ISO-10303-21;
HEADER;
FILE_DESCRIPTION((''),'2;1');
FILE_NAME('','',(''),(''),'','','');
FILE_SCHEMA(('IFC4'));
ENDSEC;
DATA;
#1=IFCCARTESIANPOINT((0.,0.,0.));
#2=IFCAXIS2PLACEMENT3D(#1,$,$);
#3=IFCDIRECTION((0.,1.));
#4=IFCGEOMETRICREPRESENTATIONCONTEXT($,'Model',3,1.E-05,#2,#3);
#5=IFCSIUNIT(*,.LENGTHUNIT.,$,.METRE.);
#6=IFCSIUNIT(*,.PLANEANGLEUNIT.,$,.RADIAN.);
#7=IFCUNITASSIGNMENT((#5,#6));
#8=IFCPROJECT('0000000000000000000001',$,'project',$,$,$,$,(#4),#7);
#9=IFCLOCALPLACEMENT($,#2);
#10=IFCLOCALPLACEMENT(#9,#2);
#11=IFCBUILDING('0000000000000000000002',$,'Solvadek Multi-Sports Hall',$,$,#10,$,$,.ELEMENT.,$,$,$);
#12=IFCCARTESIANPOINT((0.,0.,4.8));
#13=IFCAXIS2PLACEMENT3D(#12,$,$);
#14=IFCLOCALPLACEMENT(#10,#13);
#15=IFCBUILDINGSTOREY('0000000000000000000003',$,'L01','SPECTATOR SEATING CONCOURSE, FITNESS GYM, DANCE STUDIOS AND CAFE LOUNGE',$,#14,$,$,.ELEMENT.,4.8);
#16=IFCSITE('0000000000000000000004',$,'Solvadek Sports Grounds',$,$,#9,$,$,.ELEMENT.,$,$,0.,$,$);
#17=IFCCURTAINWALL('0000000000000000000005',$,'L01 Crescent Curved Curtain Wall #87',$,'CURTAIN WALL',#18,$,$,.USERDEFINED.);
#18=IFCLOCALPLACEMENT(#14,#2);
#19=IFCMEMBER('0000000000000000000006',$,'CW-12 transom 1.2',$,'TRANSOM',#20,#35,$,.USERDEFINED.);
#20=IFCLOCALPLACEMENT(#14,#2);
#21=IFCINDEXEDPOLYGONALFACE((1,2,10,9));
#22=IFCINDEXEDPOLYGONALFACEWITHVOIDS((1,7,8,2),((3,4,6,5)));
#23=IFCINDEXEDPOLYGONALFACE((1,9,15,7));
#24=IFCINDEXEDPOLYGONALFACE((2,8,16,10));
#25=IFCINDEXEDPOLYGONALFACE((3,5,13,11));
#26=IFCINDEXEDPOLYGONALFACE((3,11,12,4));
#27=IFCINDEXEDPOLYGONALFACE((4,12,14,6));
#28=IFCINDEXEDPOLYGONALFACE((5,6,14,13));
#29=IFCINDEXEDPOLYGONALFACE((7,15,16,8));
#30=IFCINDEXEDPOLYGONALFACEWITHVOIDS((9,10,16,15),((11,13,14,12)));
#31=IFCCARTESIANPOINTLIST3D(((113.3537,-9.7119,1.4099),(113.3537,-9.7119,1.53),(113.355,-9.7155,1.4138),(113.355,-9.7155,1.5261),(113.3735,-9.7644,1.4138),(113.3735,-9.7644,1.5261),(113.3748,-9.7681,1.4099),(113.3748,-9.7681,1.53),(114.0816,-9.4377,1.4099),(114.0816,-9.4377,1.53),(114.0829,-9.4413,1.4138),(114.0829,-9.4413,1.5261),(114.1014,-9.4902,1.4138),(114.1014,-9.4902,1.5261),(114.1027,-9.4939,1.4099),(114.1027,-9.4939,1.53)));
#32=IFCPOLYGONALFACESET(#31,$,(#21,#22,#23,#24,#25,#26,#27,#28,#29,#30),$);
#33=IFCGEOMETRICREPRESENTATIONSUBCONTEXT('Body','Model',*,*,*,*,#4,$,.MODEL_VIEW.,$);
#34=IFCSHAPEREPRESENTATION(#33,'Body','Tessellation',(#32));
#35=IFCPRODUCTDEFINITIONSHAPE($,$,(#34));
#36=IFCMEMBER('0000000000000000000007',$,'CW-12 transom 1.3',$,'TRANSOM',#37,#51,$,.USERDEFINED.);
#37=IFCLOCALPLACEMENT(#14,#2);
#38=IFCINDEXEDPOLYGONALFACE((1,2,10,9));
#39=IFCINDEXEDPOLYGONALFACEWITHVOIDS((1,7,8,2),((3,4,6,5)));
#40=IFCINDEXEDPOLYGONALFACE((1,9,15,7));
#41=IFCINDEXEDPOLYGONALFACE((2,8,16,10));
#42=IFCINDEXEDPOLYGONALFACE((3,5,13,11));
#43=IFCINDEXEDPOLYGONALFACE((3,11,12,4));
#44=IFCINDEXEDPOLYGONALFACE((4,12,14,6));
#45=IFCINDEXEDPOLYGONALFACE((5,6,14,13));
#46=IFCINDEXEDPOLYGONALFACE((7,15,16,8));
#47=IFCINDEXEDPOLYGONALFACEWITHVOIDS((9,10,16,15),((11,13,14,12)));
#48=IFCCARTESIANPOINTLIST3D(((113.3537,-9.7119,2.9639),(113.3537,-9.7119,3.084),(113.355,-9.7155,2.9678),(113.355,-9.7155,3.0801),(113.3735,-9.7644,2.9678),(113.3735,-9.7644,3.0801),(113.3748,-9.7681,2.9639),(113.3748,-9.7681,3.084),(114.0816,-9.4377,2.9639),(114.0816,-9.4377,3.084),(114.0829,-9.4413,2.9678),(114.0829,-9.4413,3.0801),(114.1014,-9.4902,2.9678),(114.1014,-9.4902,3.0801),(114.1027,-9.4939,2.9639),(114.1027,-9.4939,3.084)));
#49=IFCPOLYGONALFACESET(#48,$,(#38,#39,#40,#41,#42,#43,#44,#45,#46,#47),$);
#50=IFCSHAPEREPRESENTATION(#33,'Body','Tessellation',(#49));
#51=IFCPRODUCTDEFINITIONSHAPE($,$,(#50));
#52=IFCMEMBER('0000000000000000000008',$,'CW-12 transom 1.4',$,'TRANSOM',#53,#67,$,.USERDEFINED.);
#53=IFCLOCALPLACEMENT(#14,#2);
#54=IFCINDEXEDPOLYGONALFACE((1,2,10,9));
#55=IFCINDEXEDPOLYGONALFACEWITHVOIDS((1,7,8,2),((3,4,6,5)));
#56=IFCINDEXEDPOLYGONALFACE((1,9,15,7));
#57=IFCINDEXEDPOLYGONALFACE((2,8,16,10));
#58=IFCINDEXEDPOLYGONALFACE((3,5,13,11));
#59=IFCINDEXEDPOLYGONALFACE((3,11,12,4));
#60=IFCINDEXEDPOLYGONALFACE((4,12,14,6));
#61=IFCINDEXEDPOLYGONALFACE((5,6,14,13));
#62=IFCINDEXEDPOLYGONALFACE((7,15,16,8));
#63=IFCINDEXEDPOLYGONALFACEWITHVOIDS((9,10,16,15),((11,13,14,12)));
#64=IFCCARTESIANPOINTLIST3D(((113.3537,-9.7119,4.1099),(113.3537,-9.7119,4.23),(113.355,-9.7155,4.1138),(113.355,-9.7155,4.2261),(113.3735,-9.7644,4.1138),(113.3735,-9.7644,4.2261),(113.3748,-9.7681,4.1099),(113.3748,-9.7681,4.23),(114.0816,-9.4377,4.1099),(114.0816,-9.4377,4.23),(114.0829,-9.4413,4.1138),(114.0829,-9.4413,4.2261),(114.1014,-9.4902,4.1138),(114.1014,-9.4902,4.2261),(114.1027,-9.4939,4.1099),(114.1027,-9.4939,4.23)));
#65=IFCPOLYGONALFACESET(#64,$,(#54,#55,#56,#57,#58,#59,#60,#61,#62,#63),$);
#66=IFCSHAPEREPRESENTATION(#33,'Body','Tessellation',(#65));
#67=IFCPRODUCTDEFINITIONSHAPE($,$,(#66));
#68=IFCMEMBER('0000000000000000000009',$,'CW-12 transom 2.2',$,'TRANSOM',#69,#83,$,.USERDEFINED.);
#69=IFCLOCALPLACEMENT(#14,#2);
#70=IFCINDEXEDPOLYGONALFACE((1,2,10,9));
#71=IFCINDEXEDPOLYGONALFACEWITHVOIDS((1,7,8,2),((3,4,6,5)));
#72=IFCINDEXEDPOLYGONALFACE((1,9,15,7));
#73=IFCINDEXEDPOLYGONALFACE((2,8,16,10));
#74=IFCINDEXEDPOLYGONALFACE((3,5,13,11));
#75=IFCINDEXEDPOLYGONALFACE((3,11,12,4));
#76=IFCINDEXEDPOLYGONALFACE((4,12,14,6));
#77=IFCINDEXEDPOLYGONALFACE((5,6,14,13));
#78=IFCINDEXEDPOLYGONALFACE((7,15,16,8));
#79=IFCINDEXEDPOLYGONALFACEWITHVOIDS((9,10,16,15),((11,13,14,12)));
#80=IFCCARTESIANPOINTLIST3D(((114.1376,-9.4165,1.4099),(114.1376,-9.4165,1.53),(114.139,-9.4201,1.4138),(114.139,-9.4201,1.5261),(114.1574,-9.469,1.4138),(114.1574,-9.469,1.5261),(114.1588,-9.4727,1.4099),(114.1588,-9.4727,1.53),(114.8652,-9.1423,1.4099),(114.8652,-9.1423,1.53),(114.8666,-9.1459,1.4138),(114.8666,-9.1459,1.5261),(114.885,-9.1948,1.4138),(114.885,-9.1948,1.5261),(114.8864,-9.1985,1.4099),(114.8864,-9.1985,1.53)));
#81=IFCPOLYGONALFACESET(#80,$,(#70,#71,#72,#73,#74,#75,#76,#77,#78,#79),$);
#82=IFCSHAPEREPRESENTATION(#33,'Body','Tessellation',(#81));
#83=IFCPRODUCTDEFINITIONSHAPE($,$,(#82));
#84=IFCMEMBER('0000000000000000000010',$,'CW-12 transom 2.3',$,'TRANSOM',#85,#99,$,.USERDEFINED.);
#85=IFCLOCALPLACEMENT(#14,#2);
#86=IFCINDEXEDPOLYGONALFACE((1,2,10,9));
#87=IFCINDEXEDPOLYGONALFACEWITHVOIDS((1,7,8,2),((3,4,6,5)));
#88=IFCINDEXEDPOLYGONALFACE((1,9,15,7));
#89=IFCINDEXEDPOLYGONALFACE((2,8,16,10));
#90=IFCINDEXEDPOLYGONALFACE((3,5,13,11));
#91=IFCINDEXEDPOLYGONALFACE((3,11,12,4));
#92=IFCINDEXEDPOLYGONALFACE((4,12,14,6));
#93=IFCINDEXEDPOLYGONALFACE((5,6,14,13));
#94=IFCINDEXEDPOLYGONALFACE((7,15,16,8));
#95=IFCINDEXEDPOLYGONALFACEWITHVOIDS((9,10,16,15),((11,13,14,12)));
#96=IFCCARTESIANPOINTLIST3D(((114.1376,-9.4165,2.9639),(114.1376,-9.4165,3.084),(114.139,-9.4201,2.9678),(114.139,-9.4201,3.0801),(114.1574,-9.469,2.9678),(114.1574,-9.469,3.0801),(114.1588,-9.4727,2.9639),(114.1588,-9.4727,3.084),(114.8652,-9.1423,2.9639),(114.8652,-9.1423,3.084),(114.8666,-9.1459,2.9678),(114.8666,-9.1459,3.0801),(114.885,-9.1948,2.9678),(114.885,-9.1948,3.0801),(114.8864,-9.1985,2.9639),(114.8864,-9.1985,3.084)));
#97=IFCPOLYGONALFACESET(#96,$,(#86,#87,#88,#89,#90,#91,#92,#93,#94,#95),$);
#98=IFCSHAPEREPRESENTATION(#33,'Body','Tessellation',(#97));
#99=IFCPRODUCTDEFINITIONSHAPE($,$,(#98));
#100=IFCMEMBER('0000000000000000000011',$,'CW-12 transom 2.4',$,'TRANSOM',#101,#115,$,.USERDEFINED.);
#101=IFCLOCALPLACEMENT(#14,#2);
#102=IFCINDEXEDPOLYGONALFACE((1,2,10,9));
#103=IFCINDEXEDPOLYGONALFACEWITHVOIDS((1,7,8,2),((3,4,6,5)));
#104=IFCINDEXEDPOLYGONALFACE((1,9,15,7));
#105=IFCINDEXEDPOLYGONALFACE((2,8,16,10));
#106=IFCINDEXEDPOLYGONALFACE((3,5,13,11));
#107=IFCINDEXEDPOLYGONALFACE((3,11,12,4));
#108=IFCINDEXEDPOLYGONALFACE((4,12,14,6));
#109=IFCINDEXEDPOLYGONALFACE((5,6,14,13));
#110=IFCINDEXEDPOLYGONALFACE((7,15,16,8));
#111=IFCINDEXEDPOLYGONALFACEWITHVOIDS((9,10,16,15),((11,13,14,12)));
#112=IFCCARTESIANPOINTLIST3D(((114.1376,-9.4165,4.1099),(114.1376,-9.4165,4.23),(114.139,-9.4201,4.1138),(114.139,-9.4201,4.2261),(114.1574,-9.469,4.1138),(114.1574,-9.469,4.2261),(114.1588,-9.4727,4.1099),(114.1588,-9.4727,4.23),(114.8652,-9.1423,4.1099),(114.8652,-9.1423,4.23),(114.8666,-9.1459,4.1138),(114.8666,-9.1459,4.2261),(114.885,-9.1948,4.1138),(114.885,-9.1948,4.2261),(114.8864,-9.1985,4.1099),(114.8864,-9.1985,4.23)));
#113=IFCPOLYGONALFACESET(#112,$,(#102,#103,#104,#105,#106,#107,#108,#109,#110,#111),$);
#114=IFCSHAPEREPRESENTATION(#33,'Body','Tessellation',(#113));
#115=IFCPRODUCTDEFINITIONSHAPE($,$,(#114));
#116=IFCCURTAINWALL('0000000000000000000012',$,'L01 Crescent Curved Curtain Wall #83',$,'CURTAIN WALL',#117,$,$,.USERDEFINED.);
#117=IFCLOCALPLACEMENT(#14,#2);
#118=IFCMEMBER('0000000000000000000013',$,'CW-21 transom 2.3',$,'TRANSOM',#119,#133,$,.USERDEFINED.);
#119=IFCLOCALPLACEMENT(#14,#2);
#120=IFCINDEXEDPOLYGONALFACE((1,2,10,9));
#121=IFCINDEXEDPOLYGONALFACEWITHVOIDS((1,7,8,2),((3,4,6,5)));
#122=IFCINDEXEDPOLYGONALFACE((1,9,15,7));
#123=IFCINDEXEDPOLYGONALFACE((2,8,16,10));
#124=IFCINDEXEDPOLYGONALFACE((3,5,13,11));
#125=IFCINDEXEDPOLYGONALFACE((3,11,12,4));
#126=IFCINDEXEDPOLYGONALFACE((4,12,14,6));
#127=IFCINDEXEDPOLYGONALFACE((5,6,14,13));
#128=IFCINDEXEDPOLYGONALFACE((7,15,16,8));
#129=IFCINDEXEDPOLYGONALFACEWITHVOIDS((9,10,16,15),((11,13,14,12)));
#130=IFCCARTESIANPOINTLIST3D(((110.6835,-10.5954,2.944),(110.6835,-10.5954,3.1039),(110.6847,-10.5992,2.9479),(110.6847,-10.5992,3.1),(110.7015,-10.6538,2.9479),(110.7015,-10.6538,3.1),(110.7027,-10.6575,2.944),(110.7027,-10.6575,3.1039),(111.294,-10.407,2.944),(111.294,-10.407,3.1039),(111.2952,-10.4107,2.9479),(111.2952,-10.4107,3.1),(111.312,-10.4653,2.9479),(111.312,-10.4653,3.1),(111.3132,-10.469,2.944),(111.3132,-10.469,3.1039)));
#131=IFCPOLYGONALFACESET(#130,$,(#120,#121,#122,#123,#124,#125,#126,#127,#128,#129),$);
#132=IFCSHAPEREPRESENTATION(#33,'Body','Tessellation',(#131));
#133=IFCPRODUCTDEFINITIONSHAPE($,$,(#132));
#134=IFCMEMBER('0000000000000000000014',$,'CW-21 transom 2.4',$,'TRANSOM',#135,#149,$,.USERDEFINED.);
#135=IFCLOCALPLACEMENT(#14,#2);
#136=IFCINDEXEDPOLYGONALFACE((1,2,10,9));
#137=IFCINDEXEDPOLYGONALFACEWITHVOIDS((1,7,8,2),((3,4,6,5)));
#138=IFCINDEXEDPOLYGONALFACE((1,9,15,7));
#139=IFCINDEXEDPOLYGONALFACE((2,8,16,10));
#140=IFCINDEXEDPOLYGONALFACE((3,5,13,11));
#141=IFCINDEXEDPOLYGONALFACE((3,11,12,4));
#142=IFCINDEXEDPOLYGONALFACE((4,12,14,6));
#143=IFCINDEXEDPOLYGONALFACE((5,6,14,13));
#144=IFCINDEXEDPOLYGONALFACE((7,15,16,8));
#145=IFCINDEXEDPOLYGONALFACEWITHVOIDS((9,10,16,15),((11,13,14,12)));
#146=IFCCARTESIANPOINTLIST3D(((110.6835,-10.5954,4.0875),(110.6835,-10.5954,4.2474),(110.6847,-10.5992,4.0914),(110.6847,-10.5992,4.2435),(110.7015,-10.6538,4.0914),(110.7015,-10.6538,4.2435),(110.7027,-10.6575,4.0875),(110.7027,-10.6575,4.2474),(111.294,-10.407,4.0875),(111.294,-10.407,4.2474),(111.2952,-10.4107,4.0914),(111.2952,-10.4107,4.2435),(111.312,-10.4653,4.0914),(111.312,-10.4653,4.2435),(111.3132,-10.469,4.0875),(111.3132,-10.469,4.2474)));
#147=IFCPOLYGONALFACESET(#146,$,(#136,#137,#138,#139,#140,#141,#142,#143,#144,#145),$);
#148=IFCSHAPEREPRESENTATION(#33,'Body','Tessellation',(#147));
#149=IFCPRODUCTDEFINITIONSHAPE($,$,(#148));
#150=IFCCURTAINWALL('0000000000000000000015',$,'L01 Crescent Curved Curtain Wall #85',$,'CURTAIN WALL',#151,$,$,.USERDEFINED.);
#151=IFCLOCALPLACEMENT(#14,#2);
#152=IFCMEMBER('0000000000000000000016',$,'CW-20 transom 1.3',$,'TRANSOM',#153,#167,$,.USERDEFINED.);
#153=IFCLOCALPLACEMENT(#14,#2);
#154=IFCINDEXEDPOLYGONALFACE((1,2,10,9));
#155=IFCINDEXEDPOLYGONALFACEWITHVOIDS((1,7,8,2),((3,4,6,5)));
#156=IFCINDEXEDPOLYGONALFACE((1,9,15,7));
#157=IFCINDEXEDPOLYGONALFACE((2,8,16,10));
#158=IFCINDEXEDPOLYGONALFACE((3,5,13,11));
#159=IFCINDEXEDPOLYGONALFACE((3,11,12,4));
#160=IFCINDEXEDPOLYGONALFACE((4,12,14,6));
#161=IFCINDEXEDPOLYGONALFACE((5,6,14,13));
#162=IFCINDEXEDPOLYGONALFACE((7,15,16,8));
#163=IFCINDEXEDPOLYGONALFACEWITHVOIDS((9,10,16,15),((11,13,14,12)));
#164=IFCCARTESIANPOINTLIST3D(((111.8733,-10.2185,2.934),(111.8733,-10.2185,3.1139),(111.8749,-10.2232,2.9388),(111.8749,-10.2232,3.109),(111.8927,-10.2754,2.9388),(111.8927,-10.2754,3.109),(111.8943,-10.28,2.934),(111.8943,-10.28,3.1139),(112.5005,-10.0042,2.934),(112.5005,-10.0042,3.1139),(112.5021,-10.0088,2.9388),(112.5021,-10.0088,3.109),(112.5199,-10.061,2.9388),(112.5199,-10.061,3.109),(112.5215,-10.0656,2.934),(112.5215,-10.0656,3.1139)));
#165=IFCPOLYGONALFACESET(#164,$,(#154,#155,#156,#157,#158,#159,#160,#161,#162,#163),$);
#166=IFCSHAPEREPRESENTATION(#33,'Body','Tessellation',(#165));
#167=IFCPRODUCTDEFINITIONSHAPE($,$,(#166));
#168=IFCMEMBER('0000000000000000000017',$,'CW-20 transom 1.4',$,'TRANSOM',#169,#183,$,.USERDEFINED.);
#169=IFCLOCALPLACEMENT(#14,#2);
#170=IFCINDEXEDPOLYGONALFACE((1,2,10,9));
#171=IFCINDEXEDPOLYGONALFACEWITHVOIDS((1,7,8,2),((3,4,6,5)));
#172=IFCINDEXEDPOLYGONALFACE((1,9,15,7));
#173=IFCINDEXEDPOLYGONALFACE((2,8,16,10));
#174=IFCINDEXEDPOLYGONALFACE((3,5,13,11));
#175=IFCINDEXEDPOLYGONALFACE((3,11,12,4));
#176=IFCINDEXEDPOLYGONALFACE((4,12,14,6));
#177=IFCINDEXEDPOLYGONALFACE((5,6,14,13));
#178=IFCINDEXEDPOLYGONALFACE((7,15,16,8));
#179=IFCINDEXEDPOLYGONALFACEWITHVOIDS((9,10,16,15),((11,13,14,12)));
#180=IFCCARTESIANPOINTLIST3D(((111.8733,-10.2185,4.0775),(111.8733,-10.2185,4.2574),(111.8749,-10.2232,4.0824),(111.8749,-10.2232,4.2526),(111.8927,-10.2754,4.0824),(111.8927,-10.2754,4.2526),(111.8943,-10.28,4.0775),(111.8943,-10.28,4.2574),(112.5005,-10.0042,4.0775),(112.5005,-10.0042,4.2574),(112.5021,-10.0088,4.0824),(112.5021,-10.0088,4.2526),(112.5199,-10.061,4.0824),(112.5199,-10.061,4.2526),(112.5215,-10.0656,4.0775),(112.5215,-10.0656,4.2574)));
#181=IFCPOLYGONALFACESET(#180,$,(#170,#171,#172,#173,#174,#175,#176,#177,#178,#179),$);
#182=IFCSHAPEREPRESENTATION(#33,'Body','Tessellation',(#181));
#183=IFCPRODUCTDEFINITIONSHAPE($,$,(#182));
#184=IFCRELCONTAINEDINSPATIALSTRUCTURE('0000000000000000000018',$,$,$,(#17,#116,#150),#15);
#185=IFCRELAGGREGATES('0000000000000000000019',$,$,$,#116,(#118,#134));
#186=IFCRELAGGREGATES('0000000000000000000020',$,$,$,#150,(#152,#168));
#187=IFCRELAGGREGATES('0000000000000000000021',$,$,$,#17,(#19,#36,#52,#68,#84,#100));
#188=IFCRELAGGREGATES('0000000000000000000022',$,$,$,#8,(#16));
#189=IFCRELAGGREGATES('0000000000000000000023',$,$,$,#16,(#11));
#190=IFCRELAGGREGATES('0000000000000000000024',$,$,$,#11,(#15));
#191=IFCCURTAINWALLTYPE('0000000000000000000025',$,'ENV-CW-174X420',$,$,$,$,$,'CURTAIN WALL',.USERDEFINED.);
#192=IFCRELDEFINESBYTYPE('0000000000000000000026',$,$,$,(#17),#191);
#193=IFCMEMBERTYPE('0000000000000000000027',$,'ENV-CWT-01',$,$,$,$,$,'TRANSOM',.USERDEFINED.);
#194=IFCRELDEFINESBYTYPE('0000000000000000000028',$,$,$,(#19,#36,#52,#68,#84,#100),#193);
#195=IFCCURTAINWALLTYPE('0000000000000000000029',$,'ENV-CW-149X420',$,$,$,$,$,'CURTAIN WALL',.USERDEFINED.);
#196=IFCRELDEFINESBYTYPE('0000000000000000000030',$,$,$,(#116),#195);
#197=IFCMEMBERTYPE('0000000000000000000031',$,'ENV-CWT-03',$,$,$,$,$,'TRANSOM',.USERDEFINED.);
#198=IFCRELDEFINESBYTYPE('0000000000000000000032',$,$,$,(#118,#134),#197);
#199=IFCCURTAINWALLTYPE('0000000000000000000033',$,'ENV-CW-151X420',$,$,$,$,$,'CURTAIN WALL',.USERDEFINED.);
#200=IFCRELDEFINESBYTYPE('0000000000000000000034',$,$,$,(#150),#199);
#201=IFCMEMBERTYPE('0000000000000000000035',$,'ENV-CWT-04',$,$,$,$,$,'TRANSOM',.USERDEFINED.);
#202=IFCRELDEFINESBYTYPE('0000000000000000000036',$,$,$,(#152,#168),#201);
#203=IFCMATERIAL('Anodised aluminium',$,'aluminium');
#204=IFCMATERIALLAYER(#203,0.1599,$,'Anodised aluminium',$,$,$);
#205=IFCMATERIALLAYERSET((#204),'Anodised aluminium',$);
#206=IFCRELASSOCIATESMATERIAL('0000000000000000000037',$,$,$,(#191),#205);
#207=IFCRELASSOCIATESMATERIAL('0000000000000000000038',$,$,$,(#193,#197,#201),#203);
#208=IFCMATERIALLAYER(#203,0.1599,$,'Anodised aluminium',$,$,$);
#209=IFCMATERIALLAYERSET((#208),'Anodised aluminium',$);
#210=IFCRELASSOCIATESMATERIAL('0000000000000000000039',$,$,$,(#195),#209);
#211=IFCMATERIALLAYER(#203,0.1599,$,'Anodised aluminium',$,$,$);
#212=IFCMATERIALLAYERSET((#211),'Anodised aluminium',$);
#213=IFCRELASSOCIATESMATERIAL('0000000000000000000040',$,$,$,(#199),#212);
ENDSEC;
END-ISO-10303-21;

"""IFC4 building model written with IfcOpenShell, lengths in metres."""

from ifc_helpers import new_model, si_unit, direction, frame, origin, origin_2d, place, context, subcontext, project, spatial, hollow_rectangle, extrude, material, layer, layer_set, material_profile, profile_set, type_object, element, aggregate, save


model = new_model("IFC4")

# Units and contexts
model_context = context("Model", 3, precision=1e-05, world=origin(), true_north=direction((0.0, 1.0)))
body_context = subcontext(model_context, "Body", "Model", "MODEL_VIEW")
ifc_project = project(units=[si_unit("LENGTHUNIT", "METRE"), si_unit("PLANEANGLEUNIT", "RADIAN")], contexts=[model_context])

# Site, building, storey
site_placement = place(None, origin())
site = spatial("IfcSite", under=ifc_project, at=site_placement, Name="Solvadek Sports Grounds", CompositionType="ELEMENT", RefElevation=0.0)
building_placement = place(site_placement, origin())
building = spatial("IfcBuilding", under=site, at=building_placement, Name="Solvadek Multi-Sports Hall", CompositionType="ELEMENT")
storey_placement = place(building_placement, frame((0.0, 0.0, 4.8)))
storey = spatial("IfcBuildingStorey", under=building, at=storey_placement, Name="L01", Description="SPECTATOR SEATING CONCOURSE, FITNESS GYM, DANCE STUDIOS AND CAFE LOUNGE", CompositionType="ELEMENT", Elevation=4.8)

# Curtain walls, members
ifc_material_1 = material(Name="Anodised aluminium", Category="aluminium")
ifc_layer_1 = layer(ifc_material_1, 0.1599, Name="Anodised aluminium")
ifc_layer_set_1 = layer_set([ifc_layer_1], Name="Anodised aluminium")
curtain_wall_type_1 = type_object("IfcCurtainWallType", Name="ENV-CW-174X420", ElementType="CURTAIN WALL", PredefinedType="USERDEFINED", material=ifc_layer_set_1)
curtain_wall_1_placement = place(storey_placement, origin())
curtain_wall_1 = element("IfcCurtainWall", 1, at=curtain_wall_1_placement, inside=storey, type_object=curtain_wall_type_1, Name="L01 Crescent Curved Curtain Wall #87", ObjectType="CURTAIN WALL", PredefinedType="USERDEFINED")
ifc_material_profile_1 = material_profile(ifc_material_1, hollow_rectangle(XDim=0.0601, YDim=0.1201, WallThickness=0.0039, at=origin_2d()), Name="ALU-T 120x60x4")
ifc_profile_set_1 = profile_set([ifc_material_profile_1], Name="Anodised aluminium")
member_type_1 = type_object("IfcMemberType", Name="ENV-CWT-01", ElementType="TRANSOM", PredefinedType="USERDEFINED", material=ifc_profile_set_1)
member_1_placement = place(storey_placement, frame((113.3643, -9.74, 1.47), z_axis=(0.935799, 0.352534, 0.0), x_axis=(-0.352534, 0.935799, 0.0)))
member_1 = element("IfcMember", 2, at=member_1_placement, type_object=member_type_1, Name="CW-12 transom 1.2", ObjectType="TRANSOM", PredefinedType="USERDEFINED", context=body_context, shape_type="SweptSolid", body=[
    extrude(hollow_rectangle(XDim=0.0601, YDim=0.1201, WallThickness=0.0039, at=origin_2d()), origin(), (0.0, 0.0, 1.0), 0.7778),
])
member_2_placement = place(storey_placement, frame((113.3643, -9.74, 3.0239), z_axis=(0.935799, 0.352534, 0.0), x_axis=(-0.352534, 0.935799, 0.0)))
member_2 = element("IfcMember", 3, at=member_2_placement, type_object=member_type_1, Name="CW-12 transom 1.3", ObjectType="TRANSOM", PredefinedType="USERDEFINED", context=body_context, shape_type="SweptSolid", body=[
    extrude(hollow_rectangle(XDim=0.0601, YDim=0.1201, WallThickness=0.0039, at=origin_2d()), origin(), (0.0, 0.0, 1.0), 0.7778),
])
member_3_placement = place(storey_placement, frame((113.3643, -9.74, 4.1699), z_axis=(0.935799, 0.352534, 0.0), x_axis=(-0.352534, 0.935799, 0.0)))
member_3 = element("IfcMember", 4, at=member_3_placement, type_object=member_type_1, Name="CW-12 transom 1.4", ObjectType="TRANSOM", PredefinedType="USERDEFINED", context=body_context, shape_type="SweptSolid", body=[
    extrude(hollow_rectangle(XDim=0.0601, YDim=0.1201, WallThickness=0.0039, at=origin_2d()), origin(), (0.0, 0.0, 1.0), 0.7778),
])
member_4_placement = place(storey_placement, frame((114.1482, -9.4446, 1.47), z_axis=(0.93576, 0.352637, 0.0), x_axis=(-0.352637, 0.93576, 0.0)))
member_4 = element("IfcMember", 5, at=member_4_placement, type_object=member_type_1, Name="CW-12 transom 2.2", ObjectType="TRANSOM", PredefinedType="USERDEFINED", context=body_context, shape_type="SweptSolid", body=[
    extrude(hollow_rectangle(XDim=0.0601, YDim=0.1201, WallThickness=0.0039, at=origin_2d()), origin(), (0.0, 0.0, 1.0), 0.7776),
])
member_5_placement = place(storey_placement, frame((114.1482, -9.4446, 3.0239), z_axis=(0.93576, 0.352637, 0.0), x_axis=(-0.352637, 0.93576, 0.0)))
member_5 = element("IfcMember", 6, at=member_5_placement, type_object=member_type_1, Name="CW-12 transom 2.3", ObjectType="TRANSOM", PredefinedType="USERDEFINED", context=body_context, shape_type="SweptSolid", body=[
    extrude(hollow_rectangle(XDim=0.0601, YDim=0.1201, WallThickness=0.0039, at=origin_2d()), origin(), (0.0, 0.0, 1.0), 0.7776),
])
member_6_placement = place(storey_placement, frame((114.1482, -9.4446, 4.1699), z_axis=(0.93576, 0.352637, 0.0), x_axis=(-0.352637, 0.93576, 0.0)))
member_6 = element("IfcMember", 7, at=member_6_placement, type_object=member_type_1, Name="CW-12 transom 2.4", ObjectType="TRANSOM", PredefinedType="USERDEFINED", context=body_context, shape_type="SweptSolid", body=[
    extrude(hollow_rectangle(XDim=0.0601, YDim=0.1201, WallThickness=0.0039, at=origin_2d()), origin(), (0.0, 0.0, 1.0), 0.7776),
])
ifc_layer_2 = layer(ifc_material_1, 0.1599, Name="Anodised aluminium")
ifc_layer_set_2 = layer_set([ifc_layer_2], Name="Anodised aluminium")
curtain_wall_type_2 = type_object("IfcCurtainWallType", Name="ENV-CW-149X420", ElementType="CURTAIN WALL", PredefinedType="USERDEFINED", material=ifc_layer_set_2)
curtain_wall_2_placement = place(storey_placement, origin())
curtain_wall_2 = element("IfcCurtainWall", 8, at=curtain_wall_2_placement, inside=storey, type_object=curtain_wall_type_2, Name="L01 Crescent Curved Curtain Wall #83", ObjectType="CURTAIN WALL", PredefinedType="USERDEFINED")
ifc_material_profile_2 = material_profile(ifc_material_1, hollow_rectangle(XDim=0.0649, YDim=0.1599, WallThickness=0.0039, at=origin_2d()), Name="ALU-T 160x65x4")
ifc_profile_set_2 = profile_set([ifc_material_profile_2], Name="Anodised aluminium")
member_type_2 = type_object("IfcMemberType", Name="ENV-CWT-03", ElementType="TRANSOM", PredefinedType="USERDEFINED", material=ifc_profile_set_2)
member_7_placement = place(storey_placement, frame((110.6931, -10.6265, 3.0239), z_axis=(0.955514, 0.294945, 0.0), x_axis=(-0.294945, 0.955514, 0.0)))
member_7 = element("IfcMember", 9, at=member_7_placement, type_object=member_type_2, Name="CW-21 transom 2.3", ObjectType="TRANSOM", PredefinedType="USERDEFINED", context=body_context, shape_type="SweptSolid", body=[
    extrude(hollow_rectangle(XDim=0.0649, YDim=0.1599, WallThickness=0.0039, at=origin_2d()), origin(), (0.0, 0.0, 1.0), 0.6389),
])
member_8_placement = place(storey_placement, frame((110.6931, -10.6265, 4.1675), z_axis=(0.955514, 0.294945, 0.0), x_axis=(-0.294945, 0.955514, 0.0)))
member_8 = element("IfcMember", 10, at=member_8_placement, type_object=member_type_2, Name="CW-21 transom 2.4", ObjectType="TRANSOM", PredefinedType="USERDEFINED", context=body_context, shape_type="SweptSolid", body=[
    extrude(hollow_rectangle(XDim=0.0649, YDim=0.1599, WallThickness=0.0039, at=origin_2d()), origin(), (0.0, 0.0, 1.0), 0.6389),
])
ifc_layer_3 = layer(ifc_material_1, 0.1599, Name="Anodised aluminium")
ifc_layer_set_3 = layer_set([ifc_layer_3], Name="Anodised aluminium")
curtain_wall_type_3 = type_object("IfcCurtainWallType", Name="ENV-CW-151X420", ElementType="CURTAIN WALL", PredefinedType="USERDEFINED", material=ifc_layer_set_3)
curtain_wall_3_placement = place(storey_placement, origin())
curtain_wall_3 = element("IfcCurtainWall", 11, at=curtain_wall_3_placement, inside=storey, type_object=curtain_wall_type_3, Name="L01 Crescent Curved Curtain Wall #85", ObjectType="CURTAIN WALL", PredefinedType="USERDEFINED")
ifc_material_profile_3 = material_profile(ifc_material_1, hollow_rectangle(XDim=0.0649, YDim=0.1799, WallThickness=0.0049, at=origin_2d()), Name="ALU-T 180x65x5")
ifc_profile_set_3 = profile_set([ifc_material_profile_3], Name="Anodised aluminium")
member_type_3 = type_object("IfcMemberType", Name="ENV-CWT-04", ElementType="TRANSOM", PredefinedType="USERDEFINED", material=ifc_profile_set_3)
member_9_placement = place(storey_placement, frame((111.8838, -10.2493, 3.0239), z_axis=(0.946262, 0.323401, 0.0), x_axis=(-0.323401, 0.946262, 0.0)))
member_9 = element("IfcMember", 12, at=member_9_placement, type_object=member_type_3, Name="CW-20 transom 1.3", ObjectType="TRANSOM", PredefinedType="USERDEFINED", context=body_context, shape_type="SweptSolid", body=[
    extrude(hollow_rectangle(XDim=0.0649, YDim=0.1799, WallThickness=0.0049, at=origin_2d()), origin(), (0.0, 0.0, 1.0), 0.6628),
])
member_10_placement = place(storey_placement, frame((111.8838, -10.2493, 4.1675), z_axis=(0.946262, 0.323401, 0.0), x_axis=(-0.323401, 0.946262, 0.0)))
member_10 = element("IfcMember", 13, at=member_10_placement, type_object=member_type_3, Name="CW-20 transom 1.4", ObjectType="TRANSOM", PredefinedType="USERDEFINED", context=body_context, shape_type="SweptSolid", body=[
    extrude(hollow_rectangle(XDim=0.0649, YDim=0.1799, WallThickness=0.0049, at=origin_2d()), origin(), (0.0, 0.0, 1.0), 0.6628),
])

aggregate(curtain_wall_2, [member_7, member_8])
aggregate(curtain_wall_3, [member_9, member_10])
aggregate(curtain_wall_1, [member_1, member_2, member_3, member_4, member_5, member_6])

save(model, "model.ifc")
